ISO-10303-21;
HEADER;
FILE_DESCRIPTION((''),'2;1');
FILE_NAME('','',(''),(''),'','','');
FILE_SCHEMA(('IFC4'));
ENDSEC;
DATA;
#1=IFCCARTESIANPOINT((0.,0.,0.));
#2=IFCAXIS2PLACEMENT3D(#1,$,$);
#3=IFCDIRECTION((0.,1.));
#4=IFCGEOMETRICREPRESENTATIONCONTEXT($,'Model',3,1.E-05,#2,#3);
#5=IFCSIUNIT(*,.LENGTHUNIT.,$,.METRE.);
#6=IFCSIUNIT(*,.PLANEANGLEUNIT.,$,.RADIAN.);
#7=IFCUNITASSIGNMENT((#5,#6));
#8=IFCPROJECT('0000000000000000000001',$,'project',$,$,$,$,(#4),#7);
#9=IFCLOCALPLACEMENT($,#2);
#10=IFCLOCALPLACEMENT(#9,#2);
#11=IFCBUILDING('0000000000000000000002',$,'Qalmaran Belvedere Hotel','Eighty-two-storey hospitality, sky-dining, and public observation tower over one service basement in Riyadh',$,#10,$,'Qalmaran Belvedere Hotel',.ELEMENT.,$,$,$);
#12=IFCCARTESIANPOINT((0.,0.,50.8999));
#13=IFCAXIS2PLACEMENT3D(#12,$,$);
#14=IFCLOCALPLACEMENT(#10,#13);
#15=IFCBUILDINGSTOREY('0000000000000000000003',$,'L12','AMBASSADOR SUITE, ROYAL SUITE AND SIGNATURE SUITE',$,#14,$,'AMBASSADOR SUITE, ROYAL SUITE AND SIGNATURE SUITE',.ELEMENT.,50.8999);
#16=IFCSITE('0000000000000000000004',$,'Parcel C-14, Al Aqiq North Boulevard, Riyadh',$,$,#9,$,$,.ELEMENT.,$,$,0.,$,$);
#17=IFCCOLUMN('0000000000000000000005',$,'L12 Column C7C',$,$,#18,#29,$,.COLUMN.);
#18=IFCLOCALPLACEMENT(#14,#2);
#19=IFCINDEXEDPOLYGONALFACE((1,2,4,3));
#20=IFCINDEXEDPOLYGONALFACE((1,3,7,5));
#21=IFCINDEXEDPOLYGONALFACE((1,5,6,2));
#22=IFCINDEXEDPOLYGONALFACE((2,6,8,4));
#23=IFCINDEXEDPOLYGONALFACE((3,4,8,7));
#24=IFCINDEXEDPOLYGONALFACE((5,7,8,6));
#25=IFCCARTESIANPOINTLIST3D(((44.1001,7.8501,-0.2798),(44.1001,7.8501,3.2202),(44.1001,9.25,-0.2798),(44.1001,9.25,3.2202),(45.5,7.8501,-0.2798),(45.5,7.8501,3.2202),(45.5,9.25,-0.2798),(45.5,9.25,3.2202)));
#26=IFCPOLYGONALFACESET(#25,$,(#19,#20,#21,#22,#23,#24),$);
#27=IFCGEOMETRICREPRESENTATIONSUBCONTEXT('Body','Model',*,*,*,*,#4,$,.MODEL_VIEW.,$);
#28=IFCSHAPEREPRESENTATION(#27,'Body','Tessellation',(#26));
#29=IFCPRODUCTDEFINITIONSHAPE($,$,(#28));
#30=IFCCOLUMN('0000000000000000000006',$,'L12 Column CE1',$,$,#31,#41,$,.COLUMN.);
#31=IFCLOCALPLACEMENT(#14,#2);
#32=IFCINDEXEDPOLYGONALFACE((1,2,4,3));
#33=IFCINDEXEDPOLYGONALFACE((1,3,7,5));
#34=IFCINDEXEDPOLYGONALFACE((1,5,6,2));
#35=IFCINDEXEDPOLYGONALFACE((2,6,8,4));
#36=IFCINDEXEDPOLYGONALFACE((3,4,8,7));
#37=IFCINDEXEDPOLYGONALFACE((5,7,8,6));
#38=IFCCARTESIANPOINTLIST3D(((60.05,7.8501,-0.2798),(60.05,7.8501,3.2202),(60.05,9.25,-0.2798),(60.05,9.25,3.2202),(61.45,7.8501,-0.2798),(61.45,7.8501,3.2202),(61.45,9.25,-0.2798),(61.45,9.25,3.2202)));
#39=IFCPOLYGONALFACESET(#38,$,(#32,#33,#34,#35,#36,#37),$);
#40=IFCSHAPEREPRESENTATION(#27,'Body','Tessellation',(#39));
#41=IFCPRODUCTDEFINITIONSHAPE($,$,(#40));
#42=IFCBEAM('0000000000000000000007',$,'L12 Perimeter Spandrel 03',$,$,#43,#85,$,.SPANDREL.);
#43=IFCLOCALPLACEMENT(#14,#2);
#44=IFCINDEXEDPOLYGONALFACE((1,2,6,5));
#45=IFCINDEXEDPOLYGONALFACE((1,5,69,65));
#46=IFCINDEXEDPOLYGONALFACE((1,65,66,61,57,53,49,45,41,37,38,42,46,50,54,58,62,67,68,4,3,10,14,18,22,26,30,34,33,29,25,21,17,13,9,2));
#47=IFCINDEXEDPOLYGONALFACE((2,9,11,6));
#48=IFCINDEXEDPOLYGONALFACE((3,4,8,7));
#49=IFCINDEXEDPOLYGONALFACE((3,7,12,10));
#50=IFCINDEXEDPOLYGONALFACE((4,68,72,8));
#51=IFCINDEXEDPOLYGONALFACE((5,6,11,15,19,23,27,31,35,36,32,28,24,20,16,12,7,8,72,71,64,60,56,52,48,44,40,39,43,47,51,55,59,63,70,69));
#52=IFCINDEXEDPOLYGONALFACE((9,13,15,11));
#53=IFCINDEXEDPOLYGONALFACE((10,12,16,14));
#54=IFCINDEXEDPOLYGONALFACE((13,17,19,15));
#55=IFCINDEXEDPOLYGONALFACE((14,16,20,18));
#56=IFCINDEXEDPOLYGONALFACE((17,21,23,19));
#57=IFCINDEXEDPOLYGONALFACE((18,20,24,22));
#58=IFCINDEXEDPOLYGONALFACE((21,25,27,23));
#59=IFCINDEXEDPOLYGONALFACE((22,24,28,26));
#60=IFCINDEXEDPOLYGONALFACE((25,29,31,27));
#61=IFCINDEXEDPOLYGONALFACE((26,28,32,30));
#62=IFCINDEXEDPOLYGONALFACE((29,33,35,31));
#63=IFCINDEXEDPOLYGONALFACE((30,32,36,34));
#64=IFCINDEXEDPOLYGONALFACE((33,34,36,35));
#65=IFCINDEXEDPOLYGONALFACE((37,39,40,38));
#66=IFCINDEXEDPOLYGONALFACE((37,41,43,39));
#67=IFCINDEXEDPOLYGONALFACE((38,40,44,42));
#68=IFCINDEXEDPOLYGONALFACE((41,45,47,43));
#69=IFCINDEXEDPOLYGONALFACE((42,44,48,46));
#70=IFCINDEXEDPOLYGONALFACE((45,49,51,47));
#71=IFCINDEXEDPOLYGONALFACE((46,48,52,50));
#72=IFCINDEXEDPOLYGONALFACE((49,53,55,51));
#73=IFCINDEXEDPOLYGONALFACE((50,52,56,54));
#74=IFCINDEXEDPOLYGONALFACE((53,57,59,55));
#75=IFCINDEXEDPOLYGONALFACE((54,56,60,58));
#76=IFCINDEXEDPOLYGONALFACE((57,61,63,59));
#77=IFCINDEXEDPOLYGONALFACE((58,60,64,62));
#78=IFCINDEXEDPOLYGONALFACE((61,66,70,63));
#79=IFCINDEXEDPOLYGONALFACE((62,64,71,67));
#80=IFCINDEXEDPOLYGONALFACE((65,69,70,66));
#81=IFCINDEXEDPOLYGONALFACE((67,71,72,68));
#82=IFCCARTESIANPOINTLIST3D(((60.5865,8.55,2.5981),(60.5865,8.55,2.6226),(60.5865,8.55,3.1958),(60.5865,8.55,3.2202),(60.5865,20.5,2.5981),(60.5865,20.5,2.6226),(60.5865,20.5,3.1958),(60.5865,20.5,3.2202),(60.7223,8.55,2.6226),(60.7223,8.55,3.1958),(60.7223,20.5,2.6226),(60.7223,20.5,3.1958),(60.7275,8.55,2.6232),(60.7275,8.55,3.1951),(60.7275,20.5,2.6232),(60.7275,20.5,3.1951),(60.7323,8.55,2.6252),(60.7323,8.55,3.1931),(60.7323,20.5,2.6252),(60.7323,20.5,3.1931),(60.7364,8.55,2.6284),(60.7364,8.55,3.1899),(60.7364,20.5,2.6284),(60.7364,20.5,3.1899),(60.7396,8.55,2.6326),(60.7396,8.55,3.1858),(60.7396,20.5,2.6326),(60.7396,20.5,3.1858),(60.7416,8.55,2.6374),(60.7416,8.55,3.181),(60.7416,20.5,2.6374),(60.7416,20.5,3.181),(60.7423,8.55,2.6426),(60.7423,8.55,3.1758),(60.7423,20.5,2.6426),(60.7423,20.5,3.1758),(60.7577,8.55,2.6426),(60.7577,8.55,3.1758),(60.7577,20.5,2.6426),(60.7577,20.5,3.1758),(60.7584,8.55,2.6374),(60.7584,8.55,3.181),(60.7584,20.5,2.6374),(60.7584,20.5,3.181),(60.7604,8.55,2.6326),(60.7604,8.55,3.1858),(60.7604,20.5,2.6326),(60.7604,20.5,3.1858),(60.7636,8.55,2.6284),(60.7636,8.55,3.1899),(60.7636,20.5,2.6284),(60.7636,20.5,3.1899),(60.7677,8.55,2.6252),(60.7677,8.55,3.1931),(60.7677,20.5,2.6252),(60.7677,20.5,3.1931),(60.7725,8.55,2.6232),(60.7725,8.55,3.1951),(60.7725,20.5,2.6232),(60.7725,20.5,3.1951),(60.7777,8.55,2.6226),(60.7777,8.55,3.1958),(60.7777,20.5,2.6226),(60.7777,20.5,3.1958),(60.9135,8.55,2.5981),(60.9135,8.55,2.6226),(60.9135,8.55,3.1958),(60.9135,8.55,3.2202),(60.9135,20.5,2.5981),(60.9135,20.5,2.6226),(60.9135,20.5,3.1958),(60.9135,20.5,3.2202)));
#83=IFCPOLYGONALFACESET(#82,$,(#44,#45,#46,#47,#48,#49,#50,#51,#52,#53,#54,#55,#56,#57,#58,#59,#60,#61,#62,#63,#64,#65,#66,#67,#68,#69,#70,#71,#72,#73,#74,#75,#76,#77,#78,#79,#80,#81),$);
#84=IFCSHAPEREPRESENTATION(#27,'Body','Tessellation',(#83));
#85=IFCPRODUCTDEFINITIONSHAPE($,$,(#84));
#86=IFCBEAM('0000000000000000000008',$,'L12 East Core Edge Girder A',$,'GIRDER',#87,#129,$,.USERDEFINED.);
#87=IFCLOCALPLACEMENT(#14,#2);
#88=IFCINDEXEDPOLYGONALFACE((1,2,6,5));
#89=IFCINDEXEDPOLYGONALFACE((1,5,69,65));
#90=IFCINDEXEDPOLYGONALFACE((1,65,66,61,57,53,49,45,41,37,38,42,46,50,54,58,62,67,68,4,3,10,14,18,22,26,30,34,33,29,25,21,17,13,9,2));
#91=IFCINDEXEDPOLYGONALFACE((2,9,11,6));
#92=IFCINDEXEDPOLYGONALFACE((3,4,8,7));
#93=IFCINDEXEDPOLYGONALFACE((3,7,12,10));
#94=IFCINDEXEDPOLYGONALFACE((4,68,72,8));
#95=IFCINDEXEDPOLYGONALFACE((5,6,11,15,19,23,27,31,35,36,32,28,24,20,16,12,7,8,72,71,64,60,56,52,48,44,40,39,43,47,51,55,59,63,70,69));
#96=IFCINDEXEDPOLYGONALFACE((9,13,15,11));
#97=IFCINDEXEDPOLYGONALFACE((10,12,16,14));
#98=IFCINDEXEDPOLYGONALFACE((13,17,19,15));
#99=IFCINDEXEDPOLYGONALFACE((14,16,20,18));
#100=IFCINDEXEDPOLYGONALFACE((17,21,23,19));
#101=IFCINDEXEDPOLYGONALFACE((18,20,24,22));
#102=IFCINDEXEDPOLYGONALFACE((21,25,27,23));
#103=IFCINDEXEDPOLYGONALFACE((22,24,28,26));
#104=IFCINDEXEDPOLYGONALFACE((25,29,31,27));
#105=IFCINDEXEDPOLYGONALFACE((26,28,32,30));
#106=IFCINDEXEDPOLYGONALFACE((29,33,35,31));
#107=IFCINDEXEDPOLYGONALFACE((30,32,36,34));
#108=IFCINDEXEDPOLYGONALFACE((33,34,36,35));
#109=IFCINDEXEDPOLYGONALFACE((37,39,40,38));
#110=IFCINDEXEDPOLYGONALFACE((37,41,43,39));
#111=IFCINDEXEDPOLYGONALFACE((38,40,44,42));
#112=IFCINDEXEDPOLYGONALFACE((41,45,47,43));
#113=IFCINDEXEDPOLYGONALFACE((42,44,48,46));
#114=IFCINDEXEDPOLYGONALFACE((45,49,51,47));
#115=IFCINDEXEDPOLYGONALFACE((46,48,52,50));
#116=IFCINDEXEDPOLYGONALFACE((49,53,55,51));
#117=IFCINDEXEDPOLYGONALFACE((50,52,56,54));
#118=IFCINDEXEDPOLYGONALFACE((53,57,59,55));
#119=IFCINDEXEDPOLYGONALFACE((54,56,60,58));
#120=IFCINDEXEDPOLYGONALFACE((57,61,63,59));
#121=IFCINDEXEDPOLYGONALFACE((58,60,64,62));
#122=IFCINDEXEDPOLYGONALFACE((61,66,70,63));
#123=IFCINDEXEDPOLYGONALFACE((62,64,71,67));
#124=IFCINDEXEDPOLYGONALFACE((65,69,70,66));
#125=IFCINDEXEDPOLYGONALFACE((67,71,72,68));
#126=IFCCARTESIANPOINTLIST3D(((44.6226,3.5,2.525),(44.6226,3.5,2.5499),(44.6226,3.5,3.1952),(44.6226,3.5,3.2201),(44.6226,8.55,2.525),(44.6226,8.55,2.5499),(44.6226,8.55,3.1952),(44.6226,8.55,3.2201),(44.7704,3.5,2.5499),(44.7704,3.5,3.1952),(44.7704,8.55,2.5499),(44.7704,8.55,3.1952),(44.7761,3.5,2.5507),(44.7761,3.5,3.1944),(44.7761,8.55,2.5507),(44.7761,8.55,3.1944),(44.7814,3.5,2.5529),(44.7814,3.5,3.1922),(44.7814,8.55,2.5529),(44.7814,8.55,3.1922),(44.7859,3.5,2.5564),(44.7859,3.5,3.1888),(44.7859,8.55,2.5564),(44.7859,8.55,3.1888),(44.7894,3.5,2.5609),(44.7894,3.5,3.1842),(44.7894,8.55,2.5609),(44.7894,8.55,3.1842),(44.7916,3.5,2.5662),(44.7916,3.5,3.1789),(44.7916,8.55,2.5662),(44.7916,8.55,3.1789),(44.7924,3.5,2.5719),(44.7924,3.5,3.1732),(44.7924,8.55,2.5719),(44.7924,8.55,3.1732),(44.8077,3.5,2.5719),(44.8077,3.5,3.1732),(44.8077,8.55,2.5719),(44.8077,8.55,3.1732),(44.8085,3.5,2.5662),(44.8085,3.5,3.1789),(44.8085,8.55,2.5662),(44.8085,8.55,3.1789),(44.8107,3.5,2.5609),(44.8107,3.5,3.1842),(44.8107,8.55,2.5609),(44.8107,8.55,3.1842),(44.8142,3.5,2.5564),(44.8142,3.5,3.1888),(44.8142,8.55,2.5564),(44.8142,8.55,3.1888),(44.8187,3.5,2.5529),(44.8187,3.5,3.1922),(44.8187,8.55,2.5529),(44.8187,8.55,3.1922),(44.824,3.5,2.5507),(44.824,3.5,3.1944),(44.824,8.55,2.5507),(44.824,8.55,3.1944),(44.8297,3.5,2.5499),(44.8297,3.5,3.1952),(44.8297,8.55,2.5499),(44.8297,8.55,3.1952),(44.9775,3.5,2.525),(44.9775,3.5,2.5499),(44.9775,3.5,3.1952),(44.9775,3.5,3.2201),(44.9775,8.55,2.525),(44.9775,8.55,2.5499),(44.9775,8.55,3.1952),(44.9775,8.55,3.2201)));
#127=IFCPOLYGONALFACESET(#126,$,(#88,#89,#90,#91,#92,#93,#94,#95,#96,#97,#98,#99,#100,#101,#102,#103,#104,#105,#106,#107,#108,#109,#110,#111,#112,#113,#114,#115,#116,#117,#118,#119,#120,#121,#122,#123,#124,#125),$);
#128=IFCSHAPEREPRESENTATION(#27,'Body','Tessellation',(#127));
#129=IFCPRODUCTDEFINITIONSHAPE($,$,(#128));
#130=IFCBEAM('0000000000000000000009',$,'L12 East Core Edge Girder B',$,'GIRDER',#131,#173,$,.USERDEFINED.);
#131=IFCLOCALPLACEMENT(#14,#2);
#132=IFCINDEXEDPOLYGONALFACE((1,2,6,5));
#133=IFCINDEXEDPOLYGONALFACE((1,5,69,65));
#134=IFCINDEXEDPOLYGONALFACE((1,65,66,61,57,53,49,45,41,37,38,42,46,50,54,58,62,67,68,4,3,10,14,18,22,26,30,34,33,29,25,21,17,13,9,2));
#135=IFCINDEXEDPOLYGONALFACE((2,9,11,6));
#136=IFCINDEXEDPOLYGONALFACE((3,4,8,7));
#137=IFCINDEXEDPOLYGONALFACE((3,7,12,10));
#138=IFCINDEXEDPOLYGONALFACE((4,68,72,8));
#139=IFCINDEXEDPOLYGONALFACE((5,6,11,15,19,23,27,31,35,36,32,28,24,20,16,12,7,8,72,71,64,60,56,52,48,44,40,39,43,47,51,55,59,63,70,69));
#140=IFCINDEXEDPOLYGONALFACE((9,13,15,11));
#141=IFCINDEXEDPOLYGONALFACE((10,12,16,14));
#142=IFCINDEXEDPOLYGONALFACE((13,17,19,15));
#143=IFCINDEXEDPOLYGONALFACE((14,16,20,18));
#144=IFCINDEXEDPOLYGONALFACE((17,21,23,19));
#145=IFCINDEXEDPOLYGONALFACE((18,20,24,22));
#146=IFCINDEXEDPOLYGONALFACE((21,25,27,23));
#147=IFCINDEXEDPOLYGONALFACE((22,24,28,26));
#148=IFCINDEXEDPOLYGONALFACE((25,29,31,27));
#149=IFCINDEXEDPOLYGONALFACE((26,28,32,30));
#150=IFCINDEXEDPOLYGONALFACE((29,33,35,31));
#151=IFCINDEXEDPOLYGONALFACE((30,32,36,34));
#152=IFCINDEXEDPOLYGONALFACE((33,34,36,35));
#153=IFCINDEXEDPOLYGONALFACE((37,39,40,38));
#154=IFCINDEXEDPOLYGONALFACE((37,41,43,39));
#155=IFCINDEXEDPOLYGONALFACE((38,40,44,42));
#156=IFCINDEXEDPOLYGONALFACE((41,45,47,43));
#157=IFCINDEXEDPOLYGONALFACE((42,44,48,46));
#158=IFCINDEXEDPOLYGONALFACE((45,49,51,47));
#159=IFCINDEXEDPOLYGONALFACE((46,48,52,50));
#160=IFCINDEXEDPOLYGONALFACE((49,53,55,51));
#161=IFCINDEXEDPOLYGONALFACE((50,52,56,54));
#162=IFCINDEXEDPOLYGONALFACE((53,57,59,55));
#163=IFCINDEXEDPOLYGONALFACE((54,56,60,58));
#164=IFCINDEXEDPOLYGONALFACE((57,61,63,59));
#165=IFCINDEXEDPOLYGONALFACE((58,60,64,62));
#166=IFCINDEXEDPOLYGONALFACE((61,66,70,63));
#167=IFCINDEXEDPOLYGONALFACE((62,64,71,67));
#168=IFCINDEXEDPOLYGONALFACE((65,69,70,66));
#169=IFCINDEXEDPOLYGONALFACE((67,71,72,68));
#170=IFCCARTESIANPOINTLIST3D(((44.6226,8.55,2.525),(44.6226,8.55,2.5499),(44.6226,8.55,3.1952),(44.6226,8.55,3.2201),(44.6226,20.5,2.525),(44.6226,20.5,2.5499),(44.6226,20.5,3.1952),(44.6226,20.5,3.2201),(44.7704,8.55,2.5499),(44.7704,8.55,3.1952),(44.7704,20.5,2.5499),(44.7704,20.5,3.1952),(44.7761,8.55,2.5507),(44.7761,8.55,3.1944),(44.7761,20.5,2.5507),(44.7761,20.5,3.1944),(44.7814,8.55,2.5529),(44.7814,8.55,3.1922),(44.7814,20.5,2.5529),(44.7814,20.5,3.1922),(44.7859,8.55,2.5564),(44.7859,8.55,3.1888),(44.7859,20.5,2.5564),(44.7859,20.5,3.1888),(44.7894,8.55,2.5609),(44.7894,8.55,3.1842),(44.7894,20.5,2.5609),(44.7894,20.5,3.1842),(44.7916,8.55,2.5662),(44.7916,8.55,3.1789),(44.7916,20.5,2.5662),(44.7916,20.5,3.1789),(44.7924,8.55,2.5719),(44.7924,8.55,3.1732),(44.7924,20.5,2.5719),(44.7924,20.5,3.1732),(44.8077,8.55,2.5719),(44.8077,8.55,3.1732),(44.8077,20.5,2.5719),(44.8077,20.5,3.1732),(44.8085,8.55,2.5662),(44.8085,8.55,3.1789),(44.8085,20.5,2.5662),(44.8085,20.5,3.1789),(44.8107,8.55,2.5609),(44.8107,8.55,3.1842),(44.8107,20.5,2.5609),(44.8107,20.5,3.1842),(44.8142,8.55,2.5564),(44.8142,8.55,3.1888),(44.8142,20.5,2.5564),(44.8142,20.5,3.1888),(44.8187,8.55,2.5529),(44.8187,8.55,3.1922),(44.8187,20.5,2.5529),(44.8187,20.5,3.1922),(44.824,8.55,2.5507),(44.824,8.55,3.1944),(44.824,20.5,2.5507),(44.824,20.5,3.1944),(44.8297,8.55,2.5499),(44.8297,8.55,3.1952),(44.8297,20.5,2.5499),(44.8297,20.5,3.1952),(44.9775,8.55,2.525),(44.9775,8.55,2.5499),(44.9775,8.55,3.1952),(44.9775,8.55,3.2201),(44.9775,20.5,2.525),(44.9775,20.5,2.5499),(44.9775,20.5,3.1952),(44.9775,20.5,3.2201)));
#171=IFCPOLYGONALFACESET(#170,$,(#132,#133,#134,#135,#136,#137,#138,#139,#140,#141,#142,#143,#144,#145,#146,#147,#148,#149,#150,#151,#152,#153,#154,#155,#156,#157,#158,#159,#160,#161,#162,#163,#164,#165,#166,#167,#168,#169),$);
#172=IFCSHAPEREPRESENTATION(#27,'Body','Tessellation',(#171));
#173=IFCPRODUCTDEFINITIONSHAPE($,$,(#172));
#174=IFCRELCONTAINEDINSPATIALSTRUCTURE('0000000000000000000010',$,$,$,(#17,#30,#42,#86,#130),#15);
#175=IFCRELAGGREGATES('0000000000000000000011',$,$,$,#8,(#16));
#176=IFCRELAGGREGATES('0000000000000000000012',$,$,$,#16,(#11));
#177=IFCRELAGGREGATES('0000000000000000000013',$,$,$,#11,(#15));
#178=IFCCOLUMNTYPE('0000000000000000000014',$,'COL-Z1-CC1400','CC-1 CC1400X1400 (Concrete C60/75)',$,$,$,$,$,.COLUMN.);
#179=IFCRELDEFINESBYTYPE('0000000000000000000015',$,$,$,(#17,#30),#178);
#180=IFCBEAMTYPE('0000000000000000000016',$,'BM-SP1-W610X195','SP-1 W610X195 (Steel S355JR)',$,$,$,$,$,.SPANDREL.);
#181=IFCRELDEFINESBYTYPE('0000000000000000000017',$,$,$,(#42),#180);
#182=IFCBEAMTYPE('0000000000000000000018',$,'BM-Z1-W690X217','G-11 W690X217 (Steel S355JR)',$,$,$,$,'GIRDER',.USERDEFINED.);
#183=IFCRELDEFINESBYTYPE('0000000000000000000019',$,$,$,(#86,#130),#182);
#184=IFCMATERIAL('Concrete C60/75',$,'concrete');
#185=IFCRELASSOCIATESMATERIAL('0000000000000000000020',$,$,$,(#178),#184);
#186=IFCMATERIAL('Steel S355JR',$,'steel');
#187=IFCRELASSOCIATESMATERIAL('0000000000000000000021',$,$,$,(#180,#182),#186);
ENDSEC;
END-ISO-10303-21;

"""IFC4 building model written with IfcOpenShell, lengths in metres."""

from ifc_helpers import new_model, si_unit, direction, frame, origin, origin_2d, place, context, subcontext, project, spatial, rectangle, i_section, extrude, material, material_profile, profile_set, type_object, element, save


model = new_model("IFC4")

# Units and contexts
model_context = context("Model", 3, precision=1e-05, world=origin(), true_north=direction((0.0, 1.0)))
body_context = subcontext(model_context, "Body", "Model", "MODEL_VIEW")
ifc_project = project(units=[si_unit("LENGTHUNIT", "METRE"), si_unit("PLANEANGLEUNIT", "RADIAN")], contexts=[model_context])

# Site, building, storey
site_placement = place(None, origin())
site = spatial("IfcSite", under=ifc_project, at=site_placement, Name="Parcel C-14, Al Aqiq North Boulevard, Riyadh", CompositionType="ELEMENT", RefElevation=0.0)
building_placement = place(site_placement, origin())
building = spatial("IfcBuilding", under=site, at=building_placement, Name="Qalmaran Belvedere Hotel", Description="Eighty-two-storey hospitality, sky-dining, and public observation tower over one service basement in Riyadh", LongName="Qalmaran Belvedere Hotel", CompositionType="ELEMENT")
storey_placement = place(building_placement, frame((0.0, 0.0, 50.8999)))
storey = spatial("IfcBuildingStorey", under=building, at=storey_placement, Name="L12", Description="AMBASSADOR SUITE, ROYAL SUITE AND SIGNATURE SUITE", LongName="AMBASSADOR SUITE, ROYAL SUITE AND SIGNATURE SUITE", CompositionType="ELEMENT", Elevation=50.8999)

# Columns
ifc_material_1 = material(Name="Concrete C60/75", Category="concrete")
ifc_material_profile_1 = material_profile(ifc_material_1, rectangle(XDim=1.3999, YDim=1.3999, at=origin_2d()), Name="CC1400X1400")
ifc_profile_set_1 = profile_set([ifc_material_profile_1], Name="Concrete C60/75")
column_type = type_object("IfcColumnType", Name="COL-Z1-CC1400", Description="CC-1 CC1400X1400 (Concrete C60/75)", PredefinedType="COLUMN", material=ifc_profile_set_1)
for number, where, z_axis, x_axis, name in (
    (1, (44.8, 8.55, -0.2798), (0.0, 0.0, 1.0), (1.0, 0.0, 0.0), "L12 Column C7C"),
    (2, (60.75, 8.55, -0.2798), (0.0, 0.0, 1.0), (1.0, 0.0, 0.0), "L12 Column CE1"),
):
    element("IfcColumn", number, at=place(storey_placement, frame(where, z_axis=z_axis, x_axis=x_axis)), inside=storey, type_object=column_type, Name=name, PredefinedType="COLUMN", context=body_context, shape_type="SweptSolid", body=[
        extrude(rectangle(XDim=1.3999, YDim=1.3999, at=origin_2d()), origin(), (0.0, 0.0, 1.0), 3.5),
    ])

# Beams
ifc_material_2 = material(Name="Steel S355JR", Category="steel")
ifc_material_profile_2 = material_profile(ifc_material_2, i_section(OverallWidth=0.3269, OverallDepth=0.6221, WebThickness=0.0154, FlangeThickness=0.0244, FilletRadius=0.02, at=origin_2d()), Name="W610X195")
ifc_profile_set_2 = profile_set([ifc_material_profile_2], Name="Steel S355JR")
beam_type_1 = type_object("IfcBeamType", Name="BM-SP1-W610X195", Description="SP-1 W610X195 (Steel S355JR)", PredefinedType="SPANDREL", material=ifc_profile_set_2)
beam_1_placement = place(storey_placement, frame((60.75, 8.55, 2.9092), z_axis=(0.0, 1.0, 0.0), x_axis=(-1.0, 0.0, 0.0)))
element("IfcBeam", 3, at=beam_1_placement, inside=storey, type_object=beam_type_1, Name="L12 Perimeter Spandrel 03", PredefinedType="SPANDREL", context=body_context, shape_type="SweptSolid", body=[
    extrude(i_section(OverallWidth=0.3269, OverallDepth=0.6221, WebThickness=0.0154, FlangeThickness=0.0244, FilletRadius=0.02, at=origin_2d()), origin(), (0.0, 0.0, 1.0), 11.95),
])
ifc_material_profile_3 = material_profile(ifc_material_2, i_section(OverallWidth=0.355, OverallDepth=0.6951, WebThickness=0.0154, FlangeThickness=0.0249, FilletRadius=0.022, at=origin_2d()), Name="W690X217")
ifc_profile_set_3 = profile_set([ifc_material_profile_3], Name="Steel S355JR")
beam_type_2 = type_object("IfcBeamType", Name="BM-Z1-W690X217", Description="G-11 W690X217 (Steel S355JR)", ElementType="GIRDER", PredefinedType="USERDEFINED", material=ifc_profile_set_3)
beam_2_placement = place(storey_placement, frame((44.8, 3.5, 2.8726), z_axis=(0.0, 1.0, 0.0), x_axis=(-1.0, 0.0, 0.0)))
element("IfcBeam", 4, at=beam_2_placement, inside=storey, type_object=beam_type_2, Name="L12 East Core Edge Girder A", ObjectType="GIRDER", PredefinedType="USERDEFINED", context=body_context, shape_type="SweptSolid", body=[
    extrude(i_section(OverallWidth=0.355, OverallDepth=0.6951, WebThickness=0.0154, FlangeThickness=0.0249, FilletRadius=0.022, at=origin_2d()), origin(), (0.0, 0.0, 1.0), 5.05),
])
beam_3_placement = place(storey_placement, frame((44.8, 8.55, 2.8726), z_axis=(0.0, 1.0, 0.0), x_axis=(-1.0, 0.0, 0.0)))
element("IfcBeam", 5, at=beam_3_placement, inside=storey, type_object=beam_type_2, Name="L12 East Core Edge Girder B", ObjectType="GIRDER", PredefinedType="USERDEFINED", context=body_context, shape_type="SweptSolid", body=[
    extrude(i_section(OverallWidth=0.355, OverallDepth=0.6951, WebThickness=0.0154, FlangeThickness=0.0249, FilletRadius=0.022, at=origin_2d()), origin(), (0.0, 0.0, 1.0), 11.95),
])

save(model, "model.ifc")
